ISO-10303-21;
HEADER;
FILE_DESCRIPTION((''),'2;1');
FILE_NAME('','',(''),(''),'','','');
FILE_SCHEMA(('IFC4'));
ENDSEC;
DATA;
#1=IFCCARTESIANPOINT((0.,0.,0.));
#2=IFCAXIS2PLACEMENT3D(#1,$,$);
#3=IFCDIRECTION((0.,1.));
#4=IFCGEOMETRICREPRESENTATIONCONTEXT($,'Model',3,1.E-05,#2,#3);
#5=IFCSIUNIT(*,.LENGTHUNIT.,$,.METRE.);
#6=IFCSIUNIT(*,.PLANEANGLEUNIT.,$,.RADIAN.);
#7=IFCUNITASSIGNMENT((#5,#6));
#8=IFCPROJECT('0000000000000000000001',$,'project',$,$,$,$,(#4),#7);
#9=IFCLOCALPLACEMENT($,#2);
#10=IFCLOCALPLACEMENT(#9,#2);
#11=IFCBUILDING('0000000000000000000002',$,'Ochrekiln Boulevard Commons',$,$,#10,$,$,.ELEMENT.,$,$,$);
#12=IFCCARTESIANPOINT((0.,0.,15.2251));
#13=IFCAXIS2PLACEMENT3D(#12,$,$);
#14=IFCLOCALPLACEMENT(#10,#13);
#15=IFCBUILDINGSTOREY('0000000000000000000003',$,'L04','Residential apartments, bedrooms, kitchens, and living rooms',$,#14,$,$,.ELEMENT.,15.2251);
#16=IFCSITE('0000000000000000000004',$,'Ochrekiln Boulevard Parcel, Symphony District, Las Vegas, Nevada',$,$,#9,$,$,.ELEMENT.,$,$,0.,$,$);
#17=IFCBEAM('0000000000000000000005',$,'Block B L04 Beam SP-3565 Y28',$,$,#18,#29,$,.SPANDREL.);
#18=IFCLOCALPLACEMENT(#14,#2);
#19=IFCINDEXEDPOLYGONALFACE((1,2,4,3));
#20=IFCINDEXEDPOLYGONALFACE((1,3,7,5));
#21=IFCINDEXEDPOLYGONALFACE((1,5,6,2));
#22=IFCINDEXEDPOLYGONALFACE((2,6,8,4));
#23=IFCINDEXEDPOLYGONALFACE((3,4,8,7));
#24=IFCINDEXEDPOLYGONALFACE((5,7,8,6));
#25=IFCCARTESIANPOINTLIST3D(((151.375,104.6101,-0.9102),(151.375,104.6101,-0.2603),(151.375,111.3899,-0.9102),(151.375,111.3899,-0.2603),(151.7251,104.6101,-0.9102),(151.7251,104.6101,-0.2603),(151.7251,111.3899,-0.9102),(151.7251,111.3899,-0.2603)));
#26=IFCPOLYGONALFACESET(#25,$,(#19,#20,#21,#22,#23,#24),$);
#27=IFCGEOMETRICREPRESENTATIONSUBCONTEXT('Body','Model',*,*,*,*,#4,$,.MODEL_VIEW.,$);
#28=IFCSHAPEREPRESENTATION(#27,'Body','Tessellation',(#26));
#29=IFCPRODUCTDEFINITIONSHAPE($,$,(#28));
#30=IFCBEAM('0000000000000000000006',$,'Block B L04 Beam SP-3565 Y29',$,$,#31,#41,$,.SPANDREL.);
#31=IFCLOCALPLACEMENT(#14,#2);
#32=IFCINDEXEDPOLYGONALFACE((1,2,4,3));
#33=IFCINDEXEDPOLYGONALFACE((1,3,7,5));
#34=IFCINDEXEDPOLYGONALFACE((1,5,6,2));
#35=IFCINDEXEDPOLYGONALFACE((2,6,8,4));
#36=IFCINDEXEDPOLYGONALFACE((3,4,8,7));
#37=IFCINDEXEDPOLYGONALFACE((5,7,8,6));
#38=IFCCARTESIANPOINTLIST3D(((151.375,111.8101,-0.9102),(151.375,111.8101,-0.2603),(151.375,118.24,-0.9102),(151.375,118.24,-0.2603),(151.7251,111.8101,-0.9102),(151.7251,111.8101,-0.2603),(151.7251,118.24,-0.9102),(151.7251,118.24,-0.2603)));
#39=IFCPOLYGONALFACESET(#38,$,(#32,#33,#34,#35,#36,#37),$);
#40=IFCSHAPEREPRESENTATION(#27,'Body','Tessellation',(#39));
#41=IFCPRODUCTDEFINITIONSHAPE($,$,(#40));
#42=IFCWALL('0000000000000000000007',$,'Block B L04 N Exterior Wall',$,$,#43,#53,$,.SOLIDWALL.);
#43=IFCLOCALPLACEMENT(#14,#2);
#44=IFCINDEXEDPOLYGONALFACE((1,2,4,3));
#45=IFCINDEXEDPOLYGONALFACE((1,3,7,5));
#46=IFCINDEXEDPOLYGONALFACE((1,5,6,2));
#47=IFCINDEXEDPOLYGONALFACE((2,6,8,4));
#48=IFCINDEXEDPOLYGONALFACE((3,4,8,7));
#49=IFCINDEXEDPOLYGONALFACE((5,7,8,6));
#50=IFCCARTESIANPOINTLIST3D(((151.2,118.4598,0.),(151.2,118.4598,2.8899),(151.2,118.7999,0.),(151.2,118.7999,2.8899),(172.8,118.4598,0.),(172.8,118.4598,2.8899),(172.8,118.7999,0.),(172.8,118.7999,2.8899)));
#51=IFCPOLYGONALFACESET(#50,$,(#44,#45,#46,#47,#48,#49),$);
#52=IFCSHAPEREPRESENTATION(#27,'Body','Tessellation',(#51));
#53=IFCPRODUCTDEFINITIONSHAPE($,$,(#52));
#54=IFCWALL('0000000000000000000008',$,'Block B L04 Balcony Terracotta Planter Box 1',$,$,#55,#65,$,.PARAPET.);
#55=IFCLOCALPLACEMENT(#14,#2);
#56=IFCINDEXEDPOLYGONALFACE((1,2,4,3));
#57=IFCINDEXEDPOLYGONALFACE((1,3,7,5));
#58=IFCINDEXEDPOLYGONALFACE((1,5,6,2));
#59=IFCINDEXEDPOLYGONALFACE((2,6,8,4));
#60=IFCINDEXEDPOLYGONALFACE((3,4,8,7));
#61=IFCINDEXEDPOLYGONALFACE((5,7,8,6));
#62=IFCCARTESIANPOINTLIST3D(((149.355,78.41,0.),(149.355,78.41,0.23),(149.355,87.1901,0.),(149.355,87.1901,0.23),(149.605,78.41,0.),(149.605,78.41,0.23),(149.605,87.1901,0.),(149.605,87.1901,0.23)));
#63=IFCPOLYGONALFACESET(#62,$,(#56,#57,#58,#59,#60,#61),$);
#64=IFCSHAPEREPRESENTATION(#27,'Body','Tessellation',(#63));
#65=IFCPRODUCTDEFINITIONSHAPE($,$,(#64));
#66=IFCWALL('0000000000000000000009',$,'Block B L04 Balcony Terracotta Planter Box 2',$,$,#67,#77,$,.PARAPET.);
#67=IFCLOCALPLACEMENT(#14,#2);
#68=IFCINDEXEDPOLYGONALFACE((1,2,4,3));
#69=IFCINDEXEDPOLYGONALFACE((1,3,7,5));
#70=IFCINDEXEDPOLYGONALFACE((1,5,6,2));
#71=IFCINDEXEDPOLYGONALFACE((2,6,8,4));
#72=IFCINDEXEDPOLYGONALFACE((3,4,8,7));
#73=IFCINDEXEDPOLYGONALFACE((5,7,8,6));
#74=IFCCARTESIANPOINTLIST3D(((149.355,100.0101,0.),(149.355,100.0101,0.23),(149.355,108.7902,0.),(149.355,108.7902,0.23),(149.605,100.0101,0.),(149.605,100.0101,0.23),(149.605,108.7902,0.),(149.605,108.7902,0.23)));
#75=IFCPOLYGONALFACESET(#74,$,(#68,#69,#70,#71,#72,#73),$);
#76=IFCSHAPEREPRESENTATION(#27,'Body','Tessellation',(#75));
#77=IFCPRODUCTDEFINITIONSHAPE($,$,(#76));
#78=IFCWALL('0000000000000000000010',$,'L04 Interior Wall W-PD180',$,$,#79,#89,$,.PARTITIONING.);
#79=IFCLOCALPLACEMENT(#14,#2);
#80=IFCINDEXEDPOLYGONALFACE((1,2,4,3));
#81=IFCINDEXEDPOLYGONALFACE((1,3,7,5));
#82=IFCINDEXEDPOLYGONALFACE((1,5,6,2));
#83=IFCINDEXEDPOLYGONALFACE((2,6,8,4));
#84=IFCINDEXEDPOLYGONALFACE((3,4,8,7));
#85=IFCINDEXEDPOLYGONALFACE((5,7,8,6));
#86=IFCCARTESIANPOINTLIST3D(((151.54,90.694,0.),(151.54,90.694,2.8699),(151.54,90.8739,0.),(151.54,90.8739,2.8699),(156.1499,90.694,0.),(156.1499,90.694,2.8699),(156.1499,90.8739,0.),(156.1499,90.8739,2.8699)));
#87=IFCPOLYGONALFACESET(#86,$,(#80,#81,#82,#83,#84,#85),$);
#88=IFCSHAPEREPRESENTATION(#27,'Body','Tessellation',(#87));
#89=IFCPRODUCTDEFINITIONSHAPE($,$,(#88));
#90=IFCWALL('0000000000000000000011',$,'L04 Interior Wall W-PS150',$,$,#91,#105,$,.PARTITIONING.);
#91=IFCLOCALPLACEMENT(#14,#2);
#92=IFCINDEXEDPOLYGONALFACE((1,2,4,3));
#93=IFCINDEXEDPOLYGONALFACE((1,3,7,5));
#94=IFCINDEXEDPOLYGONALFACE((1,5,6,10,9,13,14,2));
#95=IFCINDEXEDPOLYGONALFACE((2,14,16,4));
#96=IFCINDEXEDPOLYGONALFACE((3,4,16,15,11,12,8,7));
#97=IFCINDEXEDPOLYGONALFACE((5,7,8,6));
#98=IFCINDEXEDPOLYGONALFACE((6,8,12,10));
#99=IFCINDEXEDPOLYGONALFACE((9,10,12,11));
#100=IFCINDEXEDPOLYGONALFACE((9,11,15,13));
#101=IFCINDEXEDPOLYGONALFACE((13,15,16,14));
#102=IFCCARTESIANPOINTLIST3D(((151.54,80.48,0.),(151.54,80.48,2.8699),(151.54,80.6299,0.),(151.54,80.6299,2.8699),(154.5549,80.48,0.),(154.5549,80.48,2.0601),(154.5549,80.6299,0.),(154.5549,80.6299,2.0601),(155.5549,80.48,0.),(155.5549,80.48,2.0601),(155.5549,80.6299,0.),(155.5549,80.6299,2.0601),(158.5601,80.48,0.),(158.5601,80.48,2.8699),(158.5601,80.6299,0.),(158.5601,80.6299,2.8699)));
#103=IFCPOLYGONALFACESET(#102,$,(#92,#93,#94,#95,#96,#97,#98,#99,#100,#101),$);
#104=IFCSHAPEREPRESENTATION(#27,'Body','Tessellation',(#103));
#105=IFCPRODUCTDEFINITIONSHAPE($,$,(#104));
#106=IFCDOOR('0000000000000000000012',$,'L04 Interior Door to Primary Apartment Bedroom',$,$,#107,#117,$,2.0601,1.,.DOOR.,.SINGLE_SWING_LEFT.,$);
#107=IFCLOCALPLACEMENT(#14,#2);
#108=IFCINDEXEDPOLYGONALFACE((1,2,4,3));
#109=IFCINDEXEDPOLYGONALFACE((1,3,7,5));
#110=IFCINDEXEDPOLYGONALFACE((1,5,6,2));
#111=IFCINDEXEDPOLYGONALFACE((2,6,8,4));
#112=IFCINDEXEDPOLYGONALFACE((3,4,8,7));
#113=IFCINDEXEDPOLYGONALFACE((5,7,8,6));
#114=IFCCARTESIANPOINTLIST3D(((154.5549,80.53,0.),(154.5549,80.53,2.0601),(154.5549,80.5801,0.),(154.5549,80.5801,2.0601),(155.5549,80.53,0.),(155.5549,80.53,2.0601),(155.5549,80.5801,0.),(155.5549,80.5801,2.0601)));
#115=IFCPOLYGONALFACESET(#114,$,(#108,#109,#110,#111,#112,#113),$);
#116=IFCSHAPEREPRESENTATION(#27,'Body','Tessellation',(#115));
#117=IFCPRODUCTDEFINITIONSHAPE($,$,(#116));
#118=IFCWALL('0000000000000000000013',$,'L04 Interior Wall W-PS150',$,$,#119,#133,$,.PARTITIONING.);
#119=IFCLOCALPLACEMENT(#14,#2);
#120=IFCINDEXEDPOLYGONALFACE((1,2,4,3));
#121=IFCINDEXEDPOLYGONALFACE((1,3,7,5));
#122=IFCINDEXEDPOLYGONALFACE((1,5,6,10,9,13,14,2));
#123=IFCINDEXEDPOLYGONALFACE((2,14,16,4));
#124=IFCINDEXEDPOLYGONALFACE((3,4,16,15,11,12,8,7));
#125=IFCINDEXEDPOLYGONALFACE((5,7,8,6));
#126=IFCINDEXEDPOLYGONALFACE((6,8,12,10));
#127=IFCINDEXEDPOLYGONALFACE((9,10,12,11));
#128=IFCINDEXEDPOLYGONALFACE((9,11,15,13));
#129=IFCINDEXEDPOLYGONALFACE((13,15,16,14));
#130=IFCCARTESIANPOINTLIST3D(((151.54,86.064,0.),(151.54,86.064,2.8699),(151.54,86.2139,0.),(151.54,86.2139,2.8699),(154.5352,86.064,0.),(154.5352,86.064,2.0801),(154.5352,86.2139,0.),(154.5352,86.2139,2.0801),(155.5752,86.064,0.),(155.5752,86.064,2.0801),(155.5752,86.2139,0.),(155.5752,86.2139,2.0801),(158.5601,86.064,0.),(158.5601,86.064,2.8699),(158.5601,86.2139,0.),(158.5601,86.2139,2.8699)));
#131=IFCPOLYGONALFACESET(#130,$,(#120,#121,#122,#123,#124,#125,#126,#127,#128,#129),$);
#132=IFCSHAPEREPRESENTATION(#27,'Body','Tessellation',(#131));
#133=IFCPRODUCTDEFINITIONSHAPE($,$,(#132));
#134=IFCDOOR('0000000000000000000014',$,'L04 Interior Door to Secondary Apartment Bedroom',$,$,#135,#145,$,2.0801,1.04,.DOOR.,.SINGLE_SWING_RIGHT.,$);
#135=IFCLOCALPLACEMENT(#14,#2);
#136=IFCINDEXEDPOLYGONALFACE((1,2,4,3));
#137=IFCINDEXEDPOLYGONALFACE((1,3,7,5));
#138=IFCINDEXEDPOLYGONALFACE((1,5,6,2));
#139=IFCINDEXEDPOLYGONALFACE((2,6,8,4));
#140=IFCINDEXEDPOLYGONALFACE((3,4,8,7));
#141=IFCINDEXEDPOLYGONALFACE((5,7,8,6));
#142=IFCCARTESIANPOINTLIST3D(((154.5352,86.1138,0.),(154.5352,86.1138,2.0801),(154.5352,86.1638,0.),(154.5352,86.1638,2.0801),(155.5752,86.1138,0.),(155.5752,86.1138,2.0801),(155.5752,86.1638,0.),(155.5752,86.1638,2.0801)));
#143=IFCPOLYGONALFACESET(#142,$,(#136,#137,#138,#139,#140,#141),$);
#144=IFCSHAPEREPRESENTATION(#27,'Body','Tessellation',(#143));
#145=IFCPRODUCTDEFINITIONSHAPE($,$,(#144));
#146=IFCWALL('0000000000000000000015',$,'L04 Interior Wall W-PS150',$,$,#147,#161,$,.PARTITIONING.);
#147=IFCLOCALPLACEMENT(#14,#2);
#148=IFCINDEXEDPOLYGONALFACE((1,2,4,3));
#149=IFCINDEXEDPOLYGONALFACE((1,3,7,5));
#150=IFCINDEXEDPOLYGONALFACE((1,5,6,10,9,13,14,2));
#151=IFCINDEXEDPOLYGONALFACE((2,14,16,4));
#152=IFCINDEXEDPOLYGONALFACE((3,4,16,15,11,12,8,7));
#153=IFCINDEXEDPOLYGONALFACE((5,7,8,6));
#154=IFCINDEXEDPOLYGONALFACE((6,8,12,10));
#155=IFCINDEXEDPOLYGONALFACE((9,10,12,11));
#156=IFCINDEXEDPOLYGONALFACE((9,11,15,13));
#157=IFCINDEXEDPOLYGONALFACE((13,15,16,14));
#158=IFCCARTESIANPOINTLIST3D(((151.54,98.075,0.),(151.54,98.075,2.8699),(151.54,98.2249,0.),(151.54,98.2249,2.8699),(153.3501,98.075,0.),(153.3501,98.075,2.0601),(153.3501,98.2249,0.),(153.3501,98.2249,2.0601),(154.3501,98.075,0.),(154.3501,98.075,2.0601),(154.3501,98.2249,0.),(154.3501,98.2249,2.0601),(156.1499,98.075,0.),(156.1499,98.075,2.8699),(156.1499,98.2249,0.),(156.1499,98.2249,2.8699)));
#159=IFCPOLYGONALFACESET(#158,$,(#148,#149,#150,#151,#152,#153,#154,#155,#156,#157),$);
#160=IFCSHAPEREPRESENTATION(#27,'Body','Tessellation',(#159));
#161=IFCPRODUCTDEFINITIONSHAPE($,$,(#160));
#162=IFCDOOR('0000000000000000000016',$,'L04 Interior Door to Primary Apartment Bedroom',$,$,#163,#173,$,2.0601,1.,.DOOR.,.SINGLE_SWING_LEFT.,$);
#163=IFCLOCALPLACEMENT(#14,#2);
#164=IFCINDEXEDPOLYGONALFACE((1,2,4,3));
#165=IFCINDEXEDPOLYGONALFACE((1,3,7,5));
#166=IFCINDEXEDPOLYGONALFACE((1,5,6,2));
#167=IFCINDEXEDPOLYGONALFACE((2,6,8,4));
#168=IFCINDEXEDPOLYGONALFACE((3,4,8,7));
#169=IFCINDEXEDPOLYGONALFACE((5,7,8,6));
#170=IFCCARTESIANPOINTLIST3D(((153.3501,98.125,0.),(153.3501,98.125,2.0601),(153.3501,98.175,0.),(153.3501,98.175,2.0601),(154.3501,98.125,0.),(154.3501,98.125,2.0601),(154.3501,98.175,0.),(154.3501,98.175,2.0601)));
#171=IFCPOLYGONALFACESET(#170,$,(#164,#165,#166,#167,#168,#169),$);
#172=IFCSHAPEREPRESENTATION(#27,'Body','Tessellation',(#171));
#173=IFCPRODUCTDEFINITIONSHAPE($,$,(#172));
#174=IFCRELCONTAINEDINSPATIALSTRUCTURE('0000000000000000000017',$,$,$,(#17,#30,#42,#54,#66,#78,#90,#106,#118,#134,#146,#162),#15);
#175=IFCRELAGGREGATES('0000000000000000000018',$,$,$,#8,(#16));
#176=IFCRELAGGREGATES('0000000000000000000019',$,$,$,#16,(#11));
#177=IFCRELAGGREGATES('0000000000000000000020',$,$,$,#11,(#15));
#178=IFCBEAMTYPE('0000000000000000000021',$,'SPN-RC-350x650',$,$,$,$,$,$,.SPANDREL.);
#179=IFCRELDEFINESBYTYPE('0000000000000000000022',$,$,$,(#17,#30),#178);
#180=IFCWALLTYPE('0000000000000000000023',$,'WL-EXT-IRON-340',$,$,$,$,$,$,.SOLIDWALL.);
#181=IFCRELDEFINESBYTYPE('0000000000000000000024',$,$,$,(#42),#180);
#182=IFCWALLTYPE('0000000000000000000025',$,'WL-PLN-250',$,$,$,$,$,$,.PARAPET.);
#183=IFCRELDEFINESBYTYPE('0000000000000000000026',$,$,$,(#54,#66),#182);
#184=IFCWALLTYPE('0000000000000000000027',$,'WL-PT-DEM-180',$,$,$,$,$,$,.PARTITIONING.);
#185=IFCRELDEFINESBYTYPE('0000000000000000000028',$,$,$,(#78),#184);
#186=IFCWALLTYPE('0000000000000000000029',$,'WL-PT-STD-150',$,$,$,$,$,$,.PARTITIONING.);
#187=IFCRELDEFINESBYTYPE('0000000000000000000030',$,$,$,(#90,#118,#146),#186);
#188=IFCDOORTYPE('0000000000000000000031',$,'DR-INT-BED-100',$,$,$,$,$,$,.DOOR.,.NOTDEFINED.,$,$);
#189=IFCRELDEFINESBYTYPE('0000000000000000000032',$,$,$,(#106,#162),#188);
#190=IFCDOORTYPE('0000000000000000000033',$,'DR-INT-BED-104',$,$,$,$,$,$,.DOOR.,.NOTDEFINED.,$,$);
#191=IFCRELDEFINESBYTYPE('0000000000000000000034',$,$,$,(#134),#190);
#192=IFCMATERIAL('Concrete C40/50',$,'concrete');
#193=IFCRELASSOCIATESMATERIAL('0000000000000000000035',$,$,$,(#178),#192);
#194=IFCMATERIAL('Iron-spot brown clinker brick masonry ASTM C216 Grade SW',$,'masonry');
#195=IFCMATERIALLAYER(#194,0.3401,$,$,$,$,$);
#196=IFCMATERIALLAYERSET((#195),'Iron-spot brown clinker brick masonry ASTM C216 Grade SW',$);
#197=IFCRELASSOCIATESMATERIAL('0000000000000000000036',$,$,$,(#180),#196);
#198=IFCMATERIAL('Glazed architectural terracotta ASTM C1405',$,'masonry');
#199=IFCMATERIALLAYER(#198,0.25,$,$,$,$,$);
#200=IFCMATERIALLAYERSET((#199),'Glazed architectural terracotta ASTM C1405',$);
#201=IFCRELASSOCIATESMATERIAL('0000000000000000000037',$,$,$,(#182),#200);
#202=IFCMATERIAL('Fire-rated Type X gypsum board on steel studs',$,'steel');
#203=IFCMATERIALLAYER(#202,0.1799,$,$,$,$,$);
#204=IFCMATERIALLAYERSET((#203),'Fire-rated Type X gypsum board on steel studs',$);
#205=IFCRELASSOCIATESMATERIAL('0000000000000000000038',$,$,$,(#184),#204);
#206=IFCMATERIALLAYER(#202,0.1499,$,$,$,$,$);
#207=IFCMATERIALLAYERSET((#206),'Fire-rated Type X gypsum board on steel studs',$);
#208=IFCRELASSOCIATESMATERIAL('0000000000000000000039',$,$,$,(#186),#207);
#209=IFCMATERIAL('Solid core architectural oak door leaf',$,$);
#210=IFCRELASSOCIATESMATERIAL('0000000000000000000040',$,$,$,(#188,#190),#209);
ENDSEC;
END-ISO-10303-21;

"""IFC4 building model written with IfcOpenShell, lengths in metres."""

from ifc_helpers import new_model, si_unit, direction, frame, frame_2d, origin, origin_2d, place, context, subcontext, project, spatial, rectangle, extrude, material, layer, layer_set, material_profile, profile_set, type_object, element, fill, save


model = new_model("IFC4")

# Units and contexts
model_context = context("Model", 3, precision=1e-05, world=origin(), true_north=direction((0.0, 1.0)))
body_context = subcontext(model_context, "Body", "Model", "MODEL_VIEW")
ifc_project = project(units=[si_unit("LENGTHUNIT", "METRE"), si_unit("PLANEANGLEUNIT", "RADIAN")], contexts=[model_context])

# Site, building, storey
site_placement = place(None, origin())
site = spatial("IfcSite", under=ifc_project, at=site_placement, Name="Ochrekiln Boulevard Parcel, Symphony District, Las Vegas, Nevada", CompositionType="ELEMENT", RefElevation=0.0)
building_placement = place(site_placement, origin())
building = spatial("IfcBuilding", under=site, at=building_placement, Name="Ochrekiln Boulevard Commons", CompositionType="ELEMENT")
storey_placement = place(building_placement, frame((0.0, 0.0, 15.2251)))
storey = spatial("IfcBuildingStorey", under=building, at=storey_placement, Name="L04", Description="Residential apartments, bedrooms, kitchens, and living rooms", CompositionType="ELEMENT", Elevation=15.2251)

# Shared definitions
ifc_material_1 = material(Name="Concrete C40/50", Category="concrete")

# Beams
ifc_material_profile_1 = material_profile(ifc_material_1, rectangle(XDim=0.3501, YDim=0.6499, at=origin_2d()), Name="RC-SPN-350x650")
ifc_profile_set_1 = profile_set([ifc_material_profile_1], Name="Concrete C40/50")
beam_type_1 = type_object("IfcBeamType", Name="SPN-RC-350x650", PredefinedType="SPANDREL", material=ifc_profile_set_1)
beam_1_placement = place(storey_placement, frame((151.55, 104.6101, -0.5852), z_axis=(0.0, 1.0, 0.0), x_axis=(-1.0, 0.0, 0.0)))
element("IfcBeam", 1, at=beam_1_placement, inside=storey, type_object=beam_type_1, Name="Block B L04 Beam SP-3565 Y28", PredefinedType="SPANDREL", context=body_context, shape_type="SweptSolid", body=[
    extrude(rectangle(XDim=0.3501, YDim=0.6499, at=origin_2d()), origin(), (0.0, 0.0, 1.0), 6.7798),
])
beam_2_placement = place(storey_placement, frame((151.55, 111.8101, -0.5852), z_axis=(0.0, 1.0, 0.0), x_axis=(-1.0, 0.0, 0.0)))
element("IfcBeam", 2, at=beam_2_placement, inside=storey, type_object=beam_type_1, Name="Block B L04 Beam SP-3565 Y29", PredefinedType="SPANDREL", context=body_context, shape_type="SweptSolid", body=[
    extrude(rectangle(XDim=0.3501, YDim=0.6499, at=origin_2d()), origin(), (0.0, 0.0, 1.0), 6.4299),
])

# Walls
ifc_material_2 = material(Name="Iron-spot brown clinker brick masonry ASTM C216 Grade SW", Category="masonry")
ifc_layer_1 = layer(ifc_material_2, 0.3401)
ifc_layer_set_1 = layer_set([ifc_layer_1], Name="Iron-spot brown clinker brick masonry ASTM C216 Grade SW")
wall_type_1 = type_object("IfcWallType", Name="WL-EXT-IRON-340", PredefinedType="SOLIDWALL", material=ifc_layer_set_1)
wall_1_placement = place(storey_placement, frame((151.2, 118.6299, 0.0), z_axis=(0.0, 0.0, 1.0), x_axis=(1.0, 0.0, 0.0)))
element("IfcWall", 3, at=wall_1_placement, inside=storey, type_object=wall_type_1, Name="Block B L04 N Exterior Wall", PredefinedType="SOLIDWALL", context=body_context, shape_type="SweptSolid", body=[
    extrude(rectangle(XDim=21.6001, YDim=0.3401, at=frame_2d((10.8, 0.0))), origin(), (0.0, 0.0, 1.0), 2.8899),
])
ifc_material_3 = material(Name="Glazed architectural terracotta ASTM C1405", Category="masonry")
ifc_layer_2 = layer(ifc_material_3, 0.25)
ifc_layer_set_2 = layer_set([ifc_layer_2], Name="Glazed architectural terracotta ASTM C1405")
wall_type_2 = type_object("IfcWallType", Name="WL-PLN-250", PredefinedType="PARAPET", material=ifc_layer_set_2)
for number, where, z_axis, x_axis, name in (
    (4, (149.48, 78.4099, 0.0), (0.0, 0.0, 1.0), (0.0, 1.0, 0.0), "Block B L04 Balcony Terracotta Planter Box 1"),
    (5, (149.48, 100.01, 0.0), (0.0, 0.0, 1.0), (0.0, 1.0, 0.0), "Block B L04 Balcony Terracotta Planter Box 2"),
):
    element("IfcWall", number, at=place(storey_placement, frame(where, z_axis=z_axis, x_axis=x_axis)), inside=storey, type_object=wall_type_2, Name=name, PredefinedType="PARAPET", context=body_context, shape_type="SweptSolid", body=[
        extrude(rectangle(XDim=8.78, YDim=0.25, at=frame_2d((4.3901, 0.0))), origin(), (0.0, 0.0, 1.0), 0.23),
    ])
ifc_material_4 = material(Name="Fire-rated Type X gypsum board on steel studs", Category="steel")
ifc_layer_3 = layer(ifc_material_4, 0.1799)
ifc_layer_set_3 = layer_set([ifc_layer_3], Name="Fire-rated Type X gypsum board on steel studs")
wall_type_3 = type_object("IfcWallType", Name="WL-PT-DEM-180", PredefinedType="PARTITIONING", material=ifc_layer_set_3)
wall_2_placement = place(storey_placement, frame((151.54, 90.7839, 0.0), z_axis=(0.0, 0.0, 1.0), x_axis=(1.0, 0.0, 0.0)))
element("IfcWall", 6, at=wall_2_placement, inside=storey, type_object=wall_type_3, Name="L04 Interior Wall W-PD180", PredefinedType="PARTITIONING", context=body_context, shape_type="SweptSolid", body=[
    extrude(rectangle(XDim=4.6099, YDim=0.1799, at=frame_2d((2.3049, 0.0))), origin(), (0.0, 0.0, 1.0), 2.8699),
])

# Walls, openings, doors
ifc_layer_4 = layer(ifc_material_4, 0.1499)
ifc_layer_set_4 = layer_set([ifc_layer_4], Name="Fire-rated Type X gypsum board on steel studs")
wall_type_4 = type_object("IfcWallType", Name="WL-PT-STD-150", PredefinedType="PARTITIONING", material=ifc_layer_set_4)
wall_3_placement = place(storey_placement, frame((151.54, 80.5549, 0.0), z_axis=(0.0, 0.0, 1.0), x_axis=(1.0, 0.0, 0.0)))
wall_3 = element("IfcWall", 7, at=wall_3_placement, inside=storey, type_object=wall_type_4, Name="L04 Interior Wall W-PS150", PredefinedType="PARTITIONING", context=body_context, shape_type="SweptSolid", body=[
    extrude(rectangle(XDim=7.02, YDim=0.1499, at=frame_2d((3.51, 0.0))), origin(), (0.0, 0.0, 1.0), 2.8699),
])
opening_1_placement = place(wall_3_placement, frame((3.0149, 0.0, 0.0)))
opening_1 = element("IfcOpeningElement", 8, at=opening_1_placement, cuts=wall_3, PredefinedType="OPENING", context=body_context, shape_type="SweptSolid", body=[
    extrude(rectangle(XDim=1.0, YDim=2.0601, at=frame_2d((0.5, 1.03))), frame((0.0, 0.085, 0.0), z_axis=(0.0, -1.0, 0.0), x_axis=(1.0, 0.0, 0.0)), (0.0, 0.0, 1.0), 0.1699),
])
ifc_material_5 = material(Name="Solid core architectural oak door leaf")
door_type_1 = type_object("IfcDoorType", Name="DR-INT-BED-100", OperationType="NOTDEFINED", PredefinedType="DOOR", material=ifc_material_5)
door_1_placement = place(opening_1_placement, frame((1.0, 0.0, 0.0), z_axis=(0.0, 0.0, 1.0), x_axis=(-1.0, 0.0, 0.0)))
door_1 = element("IfcDoor", 9, at=door_1_placement, inside=storey, type_object=door_type_1, Name="L04 Interior Door to Primary Apartment Bedroom", OperationType="SINGLE_SWING_LEFT", OverallHeight=2.0601, OverallWidth=1.0, PredefinedType="DOOR", context=body_context, shape_type="SweptSolid", body=[
    extrude(rectangle(XDim=1.0, YDim=2.0601, at=frame_2d((0.5, 1.03))), frame((0.0, 0.0249, 0.0), z_axis=(0.0, -1.0, 0.0), x_axis=(1.0, 0.0, 0.0)), (0.0, 0.0, 1.0), 0.05),
])
fill(opening_1, door_1)
wall_4_placement = place(storey_placement, frame((151.54, 86.1389, 0.0), z_axis=(0.0, 0.0, 1.0), x_axis=(1.0, 0.0, 0.0)))
wall_4 = element("IfcWall", 10, at=wall_4_placement, inside=storey, type_object=wall_type_4, Name="L04 Interior Wall W-PS150", PredefinedType="PARTITIONING", context=body_context, shape_type="SweptSolid", body=[
    extrude(rectangle(XDim=7.02, YDim=0.1499, at=frame_2d((3.51, 0.0))), origin(), (0.0, 0.0, 1.0), 2.8699),
])
opening_2_placement = place(wall_4_placement, frame((2.9951, 0.0, 0.0)))
opening_2 = element("IfcOpeningElement", 11, at=opening_2_placement, cuts=wall_4, PredefinedType="OPENING", context=body_context, shape_type="SweptSolid", body=[
    extrude(rectangle(XDim=1.04, YDim=2.0801, at=frame_2d((0.52, 1.04))), frame((0.0, 0.085, 0.0), z_axis=(0.0, -1.0, 0.0), x_axis=(1.0, 0.0, 0.0)), (0.0, 0.0, 1.0), 0.1699),
])
door_type_2 = type_object("IfcDoorType", Name="DR-INT-BED-104", OperationType="NOTDEFINED", PredefinedType="DOOR", material=ifc_material_5)
door_2_placement = place(opening_2_placement, origin())
door_2 = element("IfcDoor", 12, at=door_2_placement, inside=storey, type_object=door_type_2, Name="L04 Interior Door to Secondary Apartment Bedroom", OperationType="SINGLE_SWING_RIGHT", OverallHeight=2.0801, OverallWidth=1.04, PredefinedType="DOOR", context=body_context, shape_type="SweptSolid", body=[
    extrude(rectangle(XDim=1.04, YDim=2.0801, at=frame_2d((0.52, 1.04))), frame((0.0, 0.0249, 0.0), z_axis=(0.0, -1.0, 0.0), x_axis=(1.0, 0.0, 0.0)), (0.0, 0.0, 1.0), 0.05),
])
fill(opening_2, door_2)
wall_5_placement = place(storey_placement, frame((151.54, 98.1499, 0.0), z_axis=(0.0, 0.0, 1.0), x_axis=(1.0, 0.0, 0.0)))
wall_5 = element("IfcWall", 13, at=wall_5_placement, inside=storey, type_object=wall_type_4, Name="L04 Interior Wall W-PS150", PredefinedType="PARTITIONING", context=body_context, shape_type="SweptSolid", body=[
    extrude(rectangle(XDim=4.6099, YDim=0.1499, at=frame_2d((2.3049, 0.0))), origin(), (0.0, 0.0, 1.0), 2.8699),
])
opening_3_placement = place(wall_5_placement, frame((1.8101, 0.0, 0.0)))
opening_3 = element("IfcOpeningElement", 14, at=opening_3_placement, cuts=wall_5, PredefinedType="OPENING", context=body_context, shape_type="SweptSolid", body=[
    extrude(rectangle(XDim=1.0, YDim=2.0601, at=frame_2d((0.5, 1.03))), frame((0.0, 0.085, 0.0), z_axis=(0.0, -1.0, 0.0), x_axis=(1.0, 0.0, 0.0)), (0.0, 0.0, 1.0), 0.1699),
])
door_3_placement = place(opening_3_placement, frame((1.0, 0.0, 0.0), z_axis=(0.0, 0.0, 1.0), x_axis=(-1.0, 0.0, 0.0)))
door_3 = element("IfcDoor", 15, at=door_3_placement, inside=storey, type_object=door_type_1, Name="L04 Interior Door to Primary Apartment Bedroom", OperationType="SINGLE_SWING_LEFT", OverallHeight=2.0601, OverallWidth=1.0, PredefinedType="DOOR", context=body_context, shape_type="SweptSolid", body=[
    extrude(rectangle(XDim=1.0, YDim=2.0601, at=frame_2d((0.5, 1.03))), frame((0.0, 0.0249, 0.0), z_axis=(0.0, -1.0, 0.0), x_axis=(1.0, 0.0, 0.0)), (0.0, 0.0, 1.0), 0.05),
])
fill(opening_3, door_3)

save(model, "model.ifc")
